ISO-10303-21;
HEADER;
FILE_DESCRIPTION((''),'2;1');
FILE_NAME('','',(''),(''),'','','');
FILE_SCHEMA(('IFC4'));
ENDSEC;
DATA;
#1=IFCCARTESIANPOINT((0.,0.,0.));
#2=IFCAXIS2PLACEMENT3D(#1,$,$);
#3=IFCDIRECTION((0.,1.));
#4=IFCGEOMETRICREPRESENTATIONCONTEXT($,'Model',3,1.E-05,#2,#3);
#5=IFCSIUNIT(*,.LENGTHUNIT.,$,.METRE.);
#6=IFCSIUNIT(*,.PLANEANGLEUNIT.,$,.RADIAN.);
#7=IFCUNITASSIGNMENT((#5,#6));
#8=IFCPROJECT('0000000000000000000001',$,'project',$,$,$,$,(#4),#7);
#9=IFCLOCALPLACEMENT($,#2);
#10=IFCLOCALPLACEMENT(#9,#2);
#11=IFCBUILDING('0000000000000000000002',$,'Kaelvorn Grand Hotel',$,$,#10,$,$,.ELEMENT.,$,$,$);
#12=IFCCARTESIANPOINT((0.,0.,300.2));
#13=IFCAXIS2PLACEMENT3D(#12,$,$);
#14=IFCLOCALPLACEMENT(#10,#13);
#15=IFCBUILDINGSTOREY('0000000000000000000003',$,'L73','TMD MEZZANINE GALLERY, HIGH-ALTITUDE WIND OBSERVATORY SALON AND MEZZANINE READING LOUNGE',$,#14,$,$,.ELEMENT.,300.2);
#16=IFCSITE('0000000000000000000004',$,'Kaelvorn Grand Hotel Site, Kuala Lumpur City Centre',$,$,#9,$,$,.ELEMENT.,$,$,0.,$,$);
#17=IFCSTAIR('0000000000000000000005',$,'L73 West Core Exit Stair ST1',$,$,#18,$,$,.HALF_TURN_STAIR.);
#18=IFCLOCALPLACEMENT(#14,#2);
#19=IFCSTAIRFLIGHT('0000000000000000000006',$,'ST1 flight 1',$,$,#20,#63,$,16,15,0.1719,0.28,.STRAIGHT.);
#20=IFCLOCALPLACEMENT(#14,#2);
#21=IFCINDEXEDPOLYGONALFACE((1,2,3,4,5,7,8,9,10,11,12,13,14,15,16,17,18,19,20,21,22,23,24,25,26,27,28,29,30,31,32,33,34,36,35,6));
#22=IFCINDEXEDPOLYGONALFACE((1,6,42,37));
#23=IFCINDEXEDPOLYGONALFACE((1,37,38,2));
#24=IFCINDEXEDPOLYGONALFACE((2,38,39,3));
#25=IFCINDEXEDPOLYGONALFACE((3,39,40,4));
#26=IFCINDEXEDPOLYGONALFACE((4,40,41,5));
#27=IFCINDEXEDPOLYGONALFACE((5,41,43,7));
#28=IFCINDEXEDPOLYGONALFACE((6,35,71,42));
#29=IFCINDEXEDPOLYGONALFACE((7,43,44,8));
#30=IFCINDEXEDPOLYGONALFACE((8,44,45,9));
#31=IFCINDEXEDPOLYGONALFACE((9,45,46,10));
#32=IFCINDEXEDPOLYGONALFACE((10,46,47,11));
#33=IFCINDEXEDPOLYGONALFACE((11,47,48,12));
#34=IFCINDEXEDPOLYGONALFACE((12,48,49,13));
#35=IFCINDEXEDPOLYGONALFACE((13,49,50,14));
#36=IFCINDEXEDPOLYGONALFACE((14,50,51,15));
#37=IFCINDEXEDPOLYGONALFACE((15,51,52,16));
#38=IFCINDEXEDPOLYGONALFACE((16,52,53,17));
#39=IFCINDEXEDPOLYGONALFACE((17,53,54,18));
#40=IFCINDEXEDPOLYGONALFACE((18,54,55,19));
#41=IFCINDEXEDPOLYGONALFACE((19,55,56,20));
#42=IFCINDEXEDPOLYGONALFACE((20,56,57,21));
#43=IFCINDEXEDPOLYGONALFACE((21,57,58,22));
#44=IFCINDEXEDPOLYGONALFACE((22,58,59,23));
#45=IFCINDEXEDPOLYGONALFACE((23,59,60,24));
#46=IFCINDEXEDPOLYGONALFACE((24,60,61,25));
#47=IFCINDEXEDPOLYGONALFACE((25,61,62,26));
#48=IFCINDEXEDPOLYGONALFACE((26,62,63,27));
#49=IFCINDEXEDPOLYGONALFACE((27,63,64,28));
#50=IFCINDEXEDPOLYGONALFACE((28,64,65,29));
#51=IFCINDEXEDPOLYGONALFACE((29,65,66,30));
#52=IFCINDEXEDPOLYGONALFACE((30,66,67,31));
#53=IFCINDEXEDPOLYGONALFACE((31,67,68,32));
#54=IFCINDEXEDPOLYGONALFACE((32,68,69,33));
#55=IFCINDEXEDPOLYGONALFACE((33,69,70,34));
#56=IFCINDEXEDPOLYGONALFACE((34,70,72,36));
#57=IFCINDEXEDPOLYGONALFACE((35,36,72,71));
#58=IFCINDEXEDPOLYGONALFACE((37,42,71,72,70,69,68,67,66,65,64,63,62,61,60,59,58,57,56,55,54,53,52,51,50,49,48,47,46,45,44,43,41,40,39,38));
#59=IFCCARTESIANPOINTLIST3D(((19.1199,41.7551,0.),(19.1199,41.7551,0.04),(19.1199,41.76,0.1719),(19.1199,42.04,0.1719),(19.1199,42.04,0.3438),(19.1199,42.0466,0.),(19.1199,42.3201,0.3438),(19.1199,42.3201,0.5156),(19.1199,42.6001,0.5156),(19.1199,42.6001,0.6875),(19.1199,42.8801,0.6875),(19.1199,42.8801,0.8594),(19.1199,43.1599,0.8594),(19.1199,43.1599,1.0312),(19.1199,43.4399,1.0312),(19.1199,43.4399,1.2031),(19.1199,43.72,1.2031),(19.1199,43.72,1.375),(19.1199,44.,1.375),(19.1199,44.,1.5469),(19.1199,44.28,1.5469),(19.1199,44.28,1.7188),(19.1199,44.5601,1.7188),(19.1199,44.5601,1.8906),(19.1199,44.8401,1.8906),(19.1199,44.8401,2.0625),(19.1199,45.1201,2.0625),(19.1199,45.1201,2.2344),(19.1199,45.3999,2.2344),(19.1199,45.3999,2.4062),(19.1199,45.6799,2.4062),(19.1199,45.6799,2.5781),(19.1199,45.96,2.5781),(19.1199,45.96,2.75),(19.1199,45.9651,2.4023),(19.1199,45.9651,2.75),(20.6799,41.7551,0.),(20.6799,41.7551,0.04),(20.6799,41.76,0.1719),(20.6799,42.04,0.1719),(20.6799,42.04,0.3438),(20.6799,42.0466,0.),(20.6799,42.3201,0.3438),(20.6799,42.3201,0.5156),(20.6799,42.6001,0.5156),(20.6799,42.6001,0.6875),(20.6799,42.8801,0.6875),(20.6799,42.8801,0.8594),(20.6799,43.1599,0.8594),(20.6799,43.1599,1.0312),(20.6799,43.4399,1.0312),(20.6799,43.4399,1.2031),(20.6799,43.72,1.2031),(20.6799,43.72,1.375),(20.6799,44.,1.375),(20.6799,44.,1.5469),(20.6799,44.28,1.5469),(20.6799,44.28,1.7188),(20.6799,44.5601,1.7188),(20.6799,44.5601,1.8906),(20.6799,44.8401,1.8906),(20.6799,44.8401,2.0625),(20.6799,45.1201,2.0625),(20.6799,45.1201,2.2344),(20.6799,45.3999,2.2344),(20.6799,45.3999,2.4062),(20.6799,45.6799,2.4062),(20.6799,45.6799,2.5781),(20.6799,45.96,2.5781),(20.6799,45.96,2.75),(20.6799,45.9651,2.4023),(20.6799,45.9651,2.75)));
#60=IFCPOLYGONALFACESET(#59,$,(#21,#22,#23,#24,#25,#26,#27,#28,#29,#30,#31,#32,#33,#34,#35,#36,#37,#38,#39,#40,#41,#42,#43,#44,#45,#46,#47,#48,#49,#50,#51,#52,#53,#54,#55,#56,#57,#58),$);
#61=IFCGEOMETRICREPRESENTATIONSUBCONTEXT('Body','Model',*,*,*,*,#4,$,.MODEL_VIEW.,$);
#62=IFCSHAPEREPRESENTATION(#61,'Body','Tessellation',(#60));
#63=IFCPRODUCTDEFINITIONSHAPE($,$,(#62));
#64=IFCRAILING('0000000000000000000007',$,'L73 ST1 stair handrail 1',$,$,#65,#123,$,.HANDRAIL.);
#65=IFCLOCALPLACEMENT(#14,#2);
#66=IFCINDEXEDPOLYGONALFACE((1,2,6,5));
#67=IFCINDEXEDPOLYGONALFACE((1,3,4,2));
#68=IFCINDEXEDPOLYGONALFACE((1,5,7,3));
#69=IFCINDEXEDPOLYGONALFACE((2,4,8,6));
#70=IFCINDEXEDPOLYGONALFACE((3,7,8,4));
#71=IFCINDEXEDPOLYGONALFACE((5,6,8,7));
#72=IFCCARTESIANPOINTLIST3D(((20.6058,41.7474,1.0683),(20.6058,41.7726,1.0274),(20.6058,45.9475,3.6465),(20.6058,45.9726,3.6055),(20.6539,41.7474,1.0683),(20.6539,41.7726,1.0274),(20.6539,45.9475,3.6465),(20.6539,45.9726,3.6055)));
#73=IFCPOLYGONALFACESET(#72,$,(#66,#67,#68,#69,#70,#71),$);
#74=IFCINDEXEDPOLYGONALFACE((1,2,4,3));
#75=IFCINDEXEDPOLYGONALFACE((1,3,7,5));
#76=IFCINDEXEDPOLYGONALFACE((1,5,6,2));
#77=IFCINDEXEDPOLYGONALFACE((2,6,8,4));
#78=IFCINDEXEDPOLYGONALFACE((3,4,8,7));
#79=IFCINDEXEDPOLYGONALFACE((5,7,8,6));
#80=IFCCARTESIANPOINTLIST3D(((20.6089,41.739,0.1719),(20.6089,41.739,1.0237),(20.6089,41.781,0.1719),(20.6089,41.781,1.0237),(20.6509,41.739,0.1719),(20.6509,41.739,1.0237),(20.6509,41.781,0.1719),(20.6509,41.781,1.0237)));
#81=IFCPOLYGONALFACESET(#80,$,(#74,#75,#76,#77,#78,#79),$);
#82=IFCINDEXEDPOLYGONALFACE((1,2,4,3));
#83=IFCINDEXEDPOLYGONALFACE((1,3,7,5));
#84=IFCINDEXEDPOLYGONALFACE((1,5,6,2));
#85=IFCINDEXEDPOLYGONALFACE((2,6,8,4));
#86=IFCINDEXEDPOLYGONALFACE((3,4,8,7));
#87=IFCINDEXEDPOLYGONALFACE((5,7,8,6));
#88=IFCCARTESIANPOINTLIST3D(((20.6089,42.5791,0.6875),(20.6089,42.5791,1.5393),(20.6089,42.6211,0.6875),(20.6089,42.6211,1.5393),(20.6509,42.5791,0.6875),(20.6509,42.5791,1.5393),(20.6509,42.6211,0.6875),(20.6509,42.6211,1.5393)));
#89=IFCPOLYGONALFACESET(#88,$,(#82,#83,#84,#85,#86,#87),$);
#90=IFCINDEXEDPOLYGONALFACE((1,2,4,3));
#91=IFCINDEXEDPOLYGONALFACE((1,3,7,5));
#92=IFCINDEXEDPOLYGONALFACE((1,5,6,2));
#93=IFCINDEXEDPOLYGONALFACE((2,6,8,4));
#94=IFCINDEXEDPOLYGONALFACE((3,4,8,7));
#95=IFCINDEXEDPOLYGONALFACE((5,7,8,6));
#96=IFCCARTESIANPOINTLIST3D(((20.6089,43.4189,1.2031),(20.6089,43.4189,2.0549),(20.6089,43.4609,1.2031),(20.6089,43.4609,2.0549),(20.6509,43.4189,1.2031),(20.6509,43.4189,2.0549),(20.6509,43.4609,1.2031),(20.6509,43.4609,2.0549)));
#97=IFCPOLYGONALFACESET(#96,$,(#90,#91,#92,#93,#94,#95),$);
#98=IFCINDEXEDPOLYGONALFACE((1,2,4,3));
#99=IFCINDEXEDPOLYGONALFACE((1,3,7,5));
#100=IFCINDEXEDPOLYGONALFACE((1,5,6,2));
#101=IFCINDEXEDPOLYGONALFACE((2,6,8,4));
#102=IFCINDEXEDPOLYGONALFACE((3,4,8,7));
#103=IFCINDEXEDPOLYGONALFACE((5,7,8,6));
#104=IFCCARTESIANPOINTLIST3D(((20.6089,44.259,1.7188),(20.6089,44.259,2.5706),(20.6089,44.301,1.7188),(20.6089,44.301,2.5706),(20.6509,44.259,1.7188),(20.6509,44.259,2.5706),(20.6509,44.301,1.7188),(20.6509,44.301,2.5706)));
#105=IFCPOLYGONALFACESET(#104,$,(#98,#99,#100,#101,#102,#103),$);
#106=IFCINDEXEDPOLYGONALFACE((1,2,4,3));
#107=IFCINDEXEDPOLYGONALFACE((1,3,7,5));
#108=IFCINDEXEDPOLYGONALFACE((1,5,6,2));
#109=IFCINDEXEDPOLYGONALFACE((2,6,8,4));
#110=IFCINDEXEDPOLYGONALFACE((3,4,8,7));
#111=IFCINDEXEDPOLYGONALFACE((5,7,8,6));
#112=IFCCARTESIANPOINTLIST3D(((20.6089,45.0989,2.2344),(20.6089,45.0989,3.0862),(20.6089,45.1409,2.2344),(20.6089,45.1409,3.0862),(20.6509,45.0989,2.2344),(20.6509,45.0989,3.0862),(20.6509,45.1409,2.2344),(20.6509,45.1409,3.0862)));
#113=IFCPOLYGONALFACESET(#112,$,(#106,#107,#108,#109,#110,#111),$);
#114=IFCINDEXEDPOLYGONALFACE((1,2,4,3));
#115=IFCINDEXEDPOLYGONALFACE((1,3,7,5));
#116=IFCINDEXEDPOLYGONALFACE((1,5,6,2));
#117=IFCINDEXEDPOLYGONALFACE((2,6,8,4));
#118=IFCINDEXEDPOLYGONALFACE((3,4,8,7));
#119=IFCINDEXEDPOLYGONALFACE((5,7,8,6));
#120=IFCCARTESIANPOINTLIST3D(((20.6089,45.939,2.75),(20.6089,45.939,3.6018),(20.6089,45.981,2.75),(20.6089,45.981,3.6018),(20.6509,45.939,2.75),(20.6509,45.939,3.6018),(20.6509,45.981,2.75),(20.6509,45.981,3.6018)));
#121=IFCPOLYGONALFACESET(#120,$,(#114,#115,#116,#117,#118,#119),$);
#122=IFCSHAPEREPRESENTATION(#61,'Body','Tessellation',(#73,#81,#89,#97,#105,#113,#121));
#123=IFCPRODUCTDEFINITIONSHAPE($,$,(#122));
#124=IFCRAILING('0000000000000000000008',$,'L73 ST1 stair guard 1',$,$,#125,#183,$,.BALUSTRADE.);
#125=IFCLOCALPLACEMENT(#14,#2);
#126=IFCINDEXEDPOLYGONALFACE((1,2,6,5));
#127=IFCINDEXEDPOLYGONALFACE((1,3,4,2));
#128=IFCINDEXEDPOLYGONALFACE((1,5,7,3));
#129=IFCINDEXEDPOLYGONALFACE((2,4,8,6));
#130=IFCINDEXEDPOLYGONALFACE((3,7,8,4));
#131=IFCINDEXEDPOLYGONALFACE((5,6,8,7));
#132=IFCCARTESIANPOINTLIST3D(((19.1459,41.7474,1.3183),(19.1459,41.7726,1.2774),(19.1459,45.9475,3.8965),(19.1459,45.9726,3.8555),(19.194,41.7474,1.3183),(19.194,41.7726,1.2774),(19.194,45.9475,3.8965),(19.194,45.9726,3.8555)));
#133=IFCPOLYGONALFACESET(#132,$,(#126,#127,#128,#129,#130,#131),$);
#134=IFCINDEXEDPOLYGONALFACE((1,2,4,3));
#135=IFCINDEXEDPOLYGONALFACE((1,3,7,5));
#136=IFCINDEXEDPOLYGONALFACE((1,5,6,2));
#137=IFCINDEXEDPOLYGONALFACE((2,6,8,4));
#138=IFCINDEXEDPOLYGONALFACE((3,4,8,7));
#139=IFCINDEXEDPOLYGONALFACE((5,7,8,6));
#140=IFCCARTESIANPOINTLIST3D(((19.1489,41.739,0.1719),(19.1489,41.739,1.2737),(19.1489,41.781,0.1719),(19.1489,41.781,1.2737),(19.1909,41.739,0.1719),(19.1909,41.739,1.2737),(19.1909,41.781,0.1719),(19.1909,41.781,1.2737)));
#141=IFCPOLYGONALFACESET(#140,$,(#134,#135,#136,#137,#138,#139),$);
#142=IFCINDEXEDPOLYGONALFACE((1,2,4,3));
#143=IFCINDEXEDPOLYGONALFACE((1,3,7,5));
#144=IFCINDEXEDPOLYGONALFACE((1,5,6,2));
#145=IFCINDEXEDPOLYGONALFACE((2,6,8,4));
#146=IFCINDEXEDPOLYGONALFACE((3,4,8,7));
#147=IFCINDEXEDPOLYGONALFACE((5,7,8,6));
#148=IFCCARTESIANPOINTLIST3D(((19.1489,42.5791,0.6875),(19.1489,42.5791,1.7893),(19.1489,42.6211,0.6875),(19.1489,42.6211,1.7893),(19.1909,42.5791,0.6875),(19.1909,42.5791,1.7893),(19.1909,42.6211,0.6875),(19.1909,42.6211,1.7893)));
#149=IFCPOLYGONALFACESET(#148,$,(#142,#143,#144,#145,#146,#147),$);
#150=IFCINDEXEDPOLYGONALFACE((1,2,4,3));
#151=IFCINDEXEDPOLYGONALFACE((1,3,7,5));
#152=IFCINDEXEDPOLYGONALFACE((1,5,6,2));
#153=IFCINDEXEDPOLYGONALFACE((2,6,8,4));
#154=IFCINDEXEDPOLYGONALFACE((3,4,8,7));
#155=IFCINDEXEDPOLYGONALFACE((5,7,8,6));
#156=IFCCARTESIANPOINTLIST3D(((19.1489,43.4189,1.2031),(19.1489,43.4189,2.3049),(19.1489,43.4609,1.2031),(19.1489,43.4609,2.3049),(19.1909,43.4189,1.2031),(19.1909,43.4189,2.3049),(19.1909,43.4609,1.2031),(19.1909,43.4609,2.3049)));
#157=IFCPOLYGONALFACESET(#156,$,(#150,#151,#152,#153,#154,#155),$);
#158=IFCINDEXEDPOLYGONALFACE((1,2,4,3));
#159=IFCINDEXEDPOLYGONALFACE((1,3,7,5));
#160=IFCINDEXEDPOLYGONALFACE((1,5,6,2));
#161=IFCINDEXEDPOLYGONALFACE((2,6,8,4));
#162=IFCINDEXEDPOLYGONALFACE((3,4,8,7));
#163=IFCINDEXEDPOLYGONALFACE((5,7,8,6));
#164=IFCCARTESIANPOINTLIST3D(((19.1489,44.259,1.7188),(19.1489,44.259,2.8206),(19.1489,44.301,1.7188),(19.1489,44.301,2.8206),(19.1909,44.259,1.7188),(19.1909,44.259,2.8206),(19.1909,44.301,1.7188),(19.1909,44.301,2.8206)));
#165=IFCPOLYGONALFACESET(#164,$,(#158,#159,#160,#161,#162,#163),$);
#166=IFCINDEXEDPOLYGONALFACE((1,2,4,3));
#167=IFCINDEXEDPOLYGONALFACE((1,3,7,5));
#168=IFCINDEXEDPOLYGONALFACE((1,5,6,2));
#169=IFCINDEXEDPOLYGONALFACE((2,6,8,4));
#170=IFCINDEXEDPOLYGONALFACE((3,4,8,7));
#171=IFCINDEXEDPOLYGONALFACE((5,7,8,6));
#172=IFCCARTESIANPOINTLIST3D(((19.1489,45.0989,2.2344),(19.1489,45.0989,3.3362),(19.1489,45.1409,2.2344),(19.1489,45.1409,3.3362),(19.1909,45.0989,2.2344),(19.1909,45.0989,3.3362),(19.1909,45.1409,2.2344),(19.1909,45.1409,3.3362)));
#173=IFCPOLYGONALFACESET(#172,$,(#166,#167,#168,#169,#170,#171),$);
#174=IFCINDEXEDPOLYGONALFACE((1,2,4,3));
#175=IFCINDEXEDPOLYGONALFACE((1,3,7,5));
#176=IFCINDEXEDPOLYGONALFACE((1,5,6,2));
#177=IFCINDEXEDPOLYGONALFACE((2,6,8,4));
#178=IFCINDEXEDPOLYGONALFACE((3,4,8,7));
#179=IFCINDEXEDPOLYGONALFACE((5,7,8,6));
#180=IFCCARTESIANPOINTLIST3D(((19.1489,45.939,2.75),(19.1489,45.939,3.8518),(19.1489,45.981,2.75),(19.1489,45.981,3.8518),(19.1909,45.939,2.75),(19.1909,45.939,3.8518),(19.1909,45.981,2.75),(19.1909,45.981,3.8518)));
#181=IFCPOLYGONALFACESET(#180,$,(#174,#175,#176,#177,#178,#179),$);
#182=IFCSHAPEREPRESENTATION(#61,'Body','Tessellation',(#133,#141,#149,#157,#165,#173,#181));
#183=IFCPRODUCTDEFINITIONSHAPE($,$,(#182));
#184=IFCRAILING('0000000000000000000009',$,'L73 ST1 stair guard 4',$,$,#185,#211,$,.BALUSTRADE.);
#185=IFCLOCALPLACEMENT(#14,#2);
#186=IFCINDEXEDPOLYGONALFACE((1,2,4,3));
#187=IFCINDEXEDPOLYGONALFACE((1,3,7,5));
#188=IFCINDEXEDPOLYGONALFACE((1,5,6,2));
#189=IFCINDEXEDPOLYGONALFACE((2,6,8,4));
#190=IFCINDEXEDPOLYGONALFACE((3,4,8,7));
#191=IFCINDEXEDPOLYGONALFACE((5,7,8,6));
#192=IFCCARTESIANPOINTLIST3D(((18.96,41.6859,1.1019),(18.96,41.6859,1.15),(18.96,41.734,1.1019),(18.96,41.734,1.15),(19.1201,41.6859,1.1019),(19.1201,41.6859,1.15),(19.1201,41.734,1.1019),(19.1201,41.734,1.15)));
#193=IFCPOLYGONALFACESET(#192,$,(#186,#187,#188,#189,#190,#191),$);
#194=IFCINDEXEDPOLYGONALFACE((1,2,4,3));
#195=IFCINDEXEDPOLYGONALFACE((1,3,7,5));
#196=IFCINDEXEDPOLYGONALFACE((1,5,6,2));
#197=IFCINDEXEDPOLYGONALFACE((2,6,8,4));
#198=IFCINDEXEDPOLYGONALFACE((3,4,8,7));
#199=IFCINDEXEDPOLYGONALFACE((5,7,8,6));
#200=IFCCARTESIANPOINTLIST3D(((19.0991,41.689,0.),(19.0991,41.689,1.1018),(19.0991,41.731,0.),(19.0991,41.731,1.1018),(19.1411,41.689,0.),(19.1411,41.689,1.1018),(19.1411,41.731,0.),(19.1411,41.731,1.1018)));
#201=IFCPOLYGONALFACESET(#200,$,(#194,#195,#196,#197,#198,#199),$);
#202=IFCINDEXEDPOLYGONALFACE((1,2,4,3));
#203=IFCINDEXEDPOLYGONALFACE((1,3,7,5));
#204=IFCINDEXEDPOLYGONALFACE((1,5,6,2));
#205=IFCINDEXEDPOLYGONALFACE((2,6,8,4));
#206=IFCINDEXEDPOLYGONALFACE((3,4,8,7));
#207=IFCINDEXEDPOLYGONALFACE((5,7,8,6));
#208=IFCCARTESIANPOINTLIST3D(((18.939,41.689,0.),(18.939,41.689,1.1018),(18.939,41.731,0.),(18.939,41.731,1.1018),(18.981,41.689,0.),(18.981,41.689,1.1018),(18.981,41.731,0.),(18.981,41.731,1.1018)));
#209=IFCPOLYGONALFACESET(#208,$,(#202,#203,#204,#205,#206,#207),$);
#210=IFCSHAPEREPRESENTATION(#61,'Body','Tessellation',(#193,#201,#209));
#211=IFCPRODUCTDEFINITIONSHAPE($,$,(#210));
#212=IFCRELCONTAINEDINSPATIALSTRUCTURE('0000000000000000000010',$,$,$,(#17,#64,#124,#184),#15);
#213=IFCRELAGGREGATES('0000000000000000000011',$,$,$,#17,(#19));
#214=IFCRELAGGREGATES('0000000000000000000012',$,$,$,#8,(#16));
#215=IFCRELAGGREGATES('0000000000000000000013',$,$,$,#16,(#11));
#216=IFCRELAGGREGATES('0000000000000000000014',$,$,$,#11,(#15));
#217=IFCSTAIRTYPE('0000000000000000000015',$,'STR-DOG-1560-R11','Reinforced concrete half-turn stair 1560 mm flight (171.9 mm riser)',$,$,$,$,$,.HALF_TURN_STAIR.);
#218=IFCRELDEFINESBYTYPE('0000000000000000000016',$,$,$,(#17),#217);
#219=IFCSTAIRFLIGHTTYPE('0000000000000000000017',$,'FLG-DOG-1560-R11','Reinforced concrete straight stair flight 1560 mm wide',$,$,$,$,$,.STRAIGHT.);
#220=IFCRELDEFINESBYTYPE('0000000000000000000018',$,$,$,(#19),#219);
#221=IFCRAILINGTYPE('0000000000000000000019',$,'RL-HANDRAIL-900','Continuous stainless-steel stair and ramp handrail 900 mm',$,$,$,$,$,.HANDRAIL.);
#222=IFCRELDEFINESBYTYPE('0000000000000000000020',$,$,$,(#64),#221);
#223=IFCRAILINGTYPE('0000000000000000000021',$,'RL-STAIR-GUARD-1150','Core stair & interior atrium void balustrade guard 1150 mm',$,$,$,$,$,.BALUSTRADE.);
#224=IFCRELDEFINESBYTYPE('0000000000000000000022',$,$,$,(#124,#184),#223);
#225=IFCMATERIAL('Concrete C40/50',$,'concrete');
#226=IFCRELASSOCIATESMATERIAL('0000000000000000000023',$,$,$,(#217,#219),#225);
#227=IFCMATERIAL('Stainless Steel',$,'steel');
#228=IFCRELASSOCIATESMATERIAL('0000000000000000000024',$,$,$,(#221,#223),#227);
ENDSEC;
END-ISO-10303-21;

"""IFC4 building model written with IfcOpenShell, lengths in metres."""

from ifc_helpers import new_model, si_unit, direction, frame, origin, origin_2d, place, context, subcontext, project, spatial, polyline, rectangle, outline, extrude, material, type_object, element, aggregate, save


model = new_model("IFC4")

# Units and contexts
model_context = context("Model", 3, precision=1e-05, world=origin(), true_north=direction((0.0, 1.0)))
body_context = subcontext(model_context, "Body", "Model", "MODEL_VIEW")
ifc_project = project(units=[si_unit("LENGTHUNIT", "METRE"), si_unit("PLANEANGLEUNIT", "RADIAN")], contexts=[model_context])

# Site, building, storey
site_placement = place(None, origin())
site = spatial("IfcSite", under=ifc_project, at=site_placement, Name="Kaelvorn Grand Hotel Site, Kuala Lumpur City Centre", CompositionType="ELEMENT", RefElevation=0.0)
building_placement = place(site_placement, origin())
building = spatial("IfcBuilding", under=site, at=building_placement, Name="Kaelvorn Grand Hotel", CompositionType="ELEMENT")
storey_placement = place(building_placement, frame((0.0, 0.0, 300.2)))
storey = spatial("IfcBuildingStorey", under=building, at=storey_placement, Name="L73", Description="TMD MEZZANINE GALLERY, HIGH-ALTITUDE WIND OBSERVATORY SALON AND MEZZANINE READING LOUNGE", CompositionType="ELEMENT", Elevation=300.2)

# Shared definitions
ifc_material_1 = material(Name="Concrete C40/50", Category="concrete")

# Stair, stair flight
stair_type = type_object("IfcStairType", Name="STR-DOG-1560-R11", Description="Reinforced concrete half-turn stair 1560 mm flight (171.9 mm riser)", PredefinedType="HALF_TURN_STAIR", material=ifc_material_1)
stair_placement = place(storey_placement, origin())
stair = element("IfcStair", 1, at=stair_placement, inside=storey, type_object=stair_type, Name="L73 West Core Exit Stair ST1", PredefinedType="HALF_TURN_STAIR")
stair_flight_type = type_object("IfcStairFlightType", Name="FLG-DOG-1560-R11", Description="Reinforced concrete straight stair flight 1560 mm wide", PredefinedType="STRAIGHT", material=ifc_material_1)
stair_flight_placement = place(storey_placement, frame((19.8999, 41.76, 0.0), z_axis=(0.0, 0.0, 1.0), x_axis=(0.0, 1.0, 0.0)))
stair_flight = element("IfcStairFlight", 2, at=stair_flight_placement, type_object=stair_flight_type, Name="ST1 flight 1", NumberOfRisers=16, NumberOfTreads=15, PredefinedType="STRAIGHT", RiserHeight=0.1719, TreadLength=0.28, context=body_context, shape_type="SweptSolid", body=[
    extrude(outline(polyline([(-0.0049, 0.0), (-0.0049, 0.04), (0.0, 0.1719), (0.28, 0.1719), (0.28, 0.3438), (0.5601, 0.3438), (0.5601, 0.5156), (0.8401, 0.5156), (0.8401, 0.6875), (1.1201, 0.6875), (1.1201, 0.8594), (1.3999, 0.8594), (1.3999, 1.0312), (1.6799, 1.0312), (1.6799, 1.2031), (1.96, 1.2031), (1.96, 1.375), (2.24, 1.375), (2.24, 1.5469), (2.52, 1.5469), (2.52, 1.7188), (2.8, 1.7188), (2.8, 1.8906), (3.0801, 1.8906), (3.0801, 2.0625), (3.3601, 2.0625), (3.3601, 2.2344), (3.6399, 2.2344), (3.6399, 2.4062), (3.9199, 2.4062), (3.9199, 2.5781), (4.2, 2.5781), (4.2, 2.75), (4.2051, 2.75), (4.2051, 2.4023), (0.2866, 0.0), (-0.0049, 0.0)])), frame((0.0, 0.78, 0.0), z_axis=(0.0, -1.0, 0.0), x_axis=(1.0, 0.0, 0.0)), (0.0, 0.0, 1.0), 1.5601),
])
aggregate(stair, [stair_flight])

# Railings
ifc_material_2 = material(Name="Stainless Steel", Category="steel")
railing_type_1 = type_object("IfcRailingType", Name="RL-HANDRAIL-900", Description="Continuous stainless-steel stair and ramp handrail 900 mm", PredefinedType="HANDRAIL", material=ifc_material_2)
railing_1_placement = place(storey_placement, frame((20.6299, 41.76, 0.1719)))
element("IfcRailing", 3, at=railing_1_placement, inside=storey, type_object=railing_type_1, Name="L73 ST1 stair handrail 1", PredefinedType="HANDRAIL", context=body_context, shape_type="SweptSolid", body=[
    extrude(rectangle(XDim=0.0481, YDim=0.0481, at=origin_2d()), frame((0.0, 0.0, 0.876), z_axis=(0.0, 0.852243, 0.523146), x_axis=(-1.0, 0.0, 0.0)), (0.0, 0.0, 1.0), 4.9282),
    extrude(rectangle(XDim=0.042, YDim=0.042, at=origin_2d()), origin(), (0.0, 0.0, 1.0), 0.8518),
    extrude(rectangle(XDim=0.042, YDim=0.042, at=origin_2d()), frame((0.0, 0.8401, 0.5156)), (0.0, 0.0, 1.0), 0.8518),
    extrude(rectangle(XDim=0.042, YDim=0.042, at=origin_2d()), frame((0.0, 1.6799, 1.0312)), (0.0, 0.0, 1.0), 0.8518),
    extrude(rectangle(XDim=0.042, YDim=0.042, at=origin_2d()), frame((0.0, 2.52, 1.5469)), (0.0, 0.0, 1.0), 0.8518),
    extrude(rectangle(XDim=0.042, YDim=0.042, at=origin_2d()), frame((0.0, 3.3599, 2.0625)), (0.0, 0.0, 1.0), 0.8518),
    extrude(rectangle(XDim=0.042, YDim=0.042, at=origin_2d()), frame((0.0, 4.2, 2.5781)), (0.0, 0.0, 1.0), 0.8518),
])
railing_type_2 = type_object("IfcRailingType", Name="RL-STAIR-GUARD-1150", Description="Core stair & interior atrium void balustrade guard 1150 mm", PredefinedType="BALUSTRADE", material=ifc_material_2)
railing_2_placement = place(storey_placement, frame((19.1699, 41.76, 0.1719)))
element("IfcRailing", 4, at=railing_2_placement, inside=storey, type_object=railing_type_2, Name="L73 ST1 stair guard 1", PredefinedType="BALUSTRADE", context=body_context, shape_type="SweptSolid", body=[
    extrude(rectangle(XDim=0.0481, YDim=0.0481, at=origin_2d()), frame((0.0, 0.0, 1.126), z_axis=(0.0, 0.852243, 0.523146), x_axis=(-1.0, 0.0, 0.0)), (0.0, 0.0, 1.0), 4.9282),
    extrude(rectangle(XDim=0.042, YDim=0.042, at=origin_2d()), origin(), (0.0, 0.0, 1.0), 1.1018),
    extrude(rectangle(XDim=0.042, YDim=0.042, at=origin_2d()), frame((0.0, 0.8401, 0.5156)), (0.0, 0.0, 1.0), 1.1018),
    extrude(rectangle(XDim=0.042, YDim=0.042, at=origin_2d()), frame((0.0, 1.6799, 1.0312)), (0.0, 0.0, 1.0), 1.1018),
    extrude(rectangle(XDim=0.042, YDim=0.042, at=origin_2d()), frame((0.0, 2.52, 1.5469)), (0.0, 0.0, 1.0), 1.1018),
    extrude(rectangle(XDim=0.042, YDim=0.042, at=origin_2d()), frame((0.0, 3.3599, 2.0625)), (0.0, 0.0, 1.0), 1.1018),
    extrude(rectangle(XDim=0.042, YDim=0.042, at=origin_2d()), frame((0.0, 4.2, 2.5781)), (0.0, 0.0, 1.0), 1.1018),
])
railing_3_placement = place(storey_placement, frame((19.1201, 41.71, 0.0)))
element("IfcRailing", 5, at=railing_3_placement, inside=storey, type_object=railing_type_2, Name="L73 ST1 stair guard 4", PredefinedType="BALUSTRADE", context=body_context, shape_type="SweptSolid", body=[
    extrude(rectangle(XDim=0.0481, YDim=0.0481, at=origin_2d()), frame((0.0, 0.0, 1.126), z_axis=(-1.0, 0.0, 0.0), x_axis=(0.0, -1.0, 0.0)), (0.0, 0.0, 1.0), 0.1602),
    extrude(rectangle(XDim=0.042, YDim=0.042, at=origin_2d()), origin(), (0.0, 0.0, 1.0), 1.1018),
    extrude(rectangle(XDim=0.042, YDim=0.042, at=origin_2d()), frame((-0.1602, 0.0, 0.0)), (0.0, 0.0, 1.0), 1.1018),
])

save(model, "model.ifc")
